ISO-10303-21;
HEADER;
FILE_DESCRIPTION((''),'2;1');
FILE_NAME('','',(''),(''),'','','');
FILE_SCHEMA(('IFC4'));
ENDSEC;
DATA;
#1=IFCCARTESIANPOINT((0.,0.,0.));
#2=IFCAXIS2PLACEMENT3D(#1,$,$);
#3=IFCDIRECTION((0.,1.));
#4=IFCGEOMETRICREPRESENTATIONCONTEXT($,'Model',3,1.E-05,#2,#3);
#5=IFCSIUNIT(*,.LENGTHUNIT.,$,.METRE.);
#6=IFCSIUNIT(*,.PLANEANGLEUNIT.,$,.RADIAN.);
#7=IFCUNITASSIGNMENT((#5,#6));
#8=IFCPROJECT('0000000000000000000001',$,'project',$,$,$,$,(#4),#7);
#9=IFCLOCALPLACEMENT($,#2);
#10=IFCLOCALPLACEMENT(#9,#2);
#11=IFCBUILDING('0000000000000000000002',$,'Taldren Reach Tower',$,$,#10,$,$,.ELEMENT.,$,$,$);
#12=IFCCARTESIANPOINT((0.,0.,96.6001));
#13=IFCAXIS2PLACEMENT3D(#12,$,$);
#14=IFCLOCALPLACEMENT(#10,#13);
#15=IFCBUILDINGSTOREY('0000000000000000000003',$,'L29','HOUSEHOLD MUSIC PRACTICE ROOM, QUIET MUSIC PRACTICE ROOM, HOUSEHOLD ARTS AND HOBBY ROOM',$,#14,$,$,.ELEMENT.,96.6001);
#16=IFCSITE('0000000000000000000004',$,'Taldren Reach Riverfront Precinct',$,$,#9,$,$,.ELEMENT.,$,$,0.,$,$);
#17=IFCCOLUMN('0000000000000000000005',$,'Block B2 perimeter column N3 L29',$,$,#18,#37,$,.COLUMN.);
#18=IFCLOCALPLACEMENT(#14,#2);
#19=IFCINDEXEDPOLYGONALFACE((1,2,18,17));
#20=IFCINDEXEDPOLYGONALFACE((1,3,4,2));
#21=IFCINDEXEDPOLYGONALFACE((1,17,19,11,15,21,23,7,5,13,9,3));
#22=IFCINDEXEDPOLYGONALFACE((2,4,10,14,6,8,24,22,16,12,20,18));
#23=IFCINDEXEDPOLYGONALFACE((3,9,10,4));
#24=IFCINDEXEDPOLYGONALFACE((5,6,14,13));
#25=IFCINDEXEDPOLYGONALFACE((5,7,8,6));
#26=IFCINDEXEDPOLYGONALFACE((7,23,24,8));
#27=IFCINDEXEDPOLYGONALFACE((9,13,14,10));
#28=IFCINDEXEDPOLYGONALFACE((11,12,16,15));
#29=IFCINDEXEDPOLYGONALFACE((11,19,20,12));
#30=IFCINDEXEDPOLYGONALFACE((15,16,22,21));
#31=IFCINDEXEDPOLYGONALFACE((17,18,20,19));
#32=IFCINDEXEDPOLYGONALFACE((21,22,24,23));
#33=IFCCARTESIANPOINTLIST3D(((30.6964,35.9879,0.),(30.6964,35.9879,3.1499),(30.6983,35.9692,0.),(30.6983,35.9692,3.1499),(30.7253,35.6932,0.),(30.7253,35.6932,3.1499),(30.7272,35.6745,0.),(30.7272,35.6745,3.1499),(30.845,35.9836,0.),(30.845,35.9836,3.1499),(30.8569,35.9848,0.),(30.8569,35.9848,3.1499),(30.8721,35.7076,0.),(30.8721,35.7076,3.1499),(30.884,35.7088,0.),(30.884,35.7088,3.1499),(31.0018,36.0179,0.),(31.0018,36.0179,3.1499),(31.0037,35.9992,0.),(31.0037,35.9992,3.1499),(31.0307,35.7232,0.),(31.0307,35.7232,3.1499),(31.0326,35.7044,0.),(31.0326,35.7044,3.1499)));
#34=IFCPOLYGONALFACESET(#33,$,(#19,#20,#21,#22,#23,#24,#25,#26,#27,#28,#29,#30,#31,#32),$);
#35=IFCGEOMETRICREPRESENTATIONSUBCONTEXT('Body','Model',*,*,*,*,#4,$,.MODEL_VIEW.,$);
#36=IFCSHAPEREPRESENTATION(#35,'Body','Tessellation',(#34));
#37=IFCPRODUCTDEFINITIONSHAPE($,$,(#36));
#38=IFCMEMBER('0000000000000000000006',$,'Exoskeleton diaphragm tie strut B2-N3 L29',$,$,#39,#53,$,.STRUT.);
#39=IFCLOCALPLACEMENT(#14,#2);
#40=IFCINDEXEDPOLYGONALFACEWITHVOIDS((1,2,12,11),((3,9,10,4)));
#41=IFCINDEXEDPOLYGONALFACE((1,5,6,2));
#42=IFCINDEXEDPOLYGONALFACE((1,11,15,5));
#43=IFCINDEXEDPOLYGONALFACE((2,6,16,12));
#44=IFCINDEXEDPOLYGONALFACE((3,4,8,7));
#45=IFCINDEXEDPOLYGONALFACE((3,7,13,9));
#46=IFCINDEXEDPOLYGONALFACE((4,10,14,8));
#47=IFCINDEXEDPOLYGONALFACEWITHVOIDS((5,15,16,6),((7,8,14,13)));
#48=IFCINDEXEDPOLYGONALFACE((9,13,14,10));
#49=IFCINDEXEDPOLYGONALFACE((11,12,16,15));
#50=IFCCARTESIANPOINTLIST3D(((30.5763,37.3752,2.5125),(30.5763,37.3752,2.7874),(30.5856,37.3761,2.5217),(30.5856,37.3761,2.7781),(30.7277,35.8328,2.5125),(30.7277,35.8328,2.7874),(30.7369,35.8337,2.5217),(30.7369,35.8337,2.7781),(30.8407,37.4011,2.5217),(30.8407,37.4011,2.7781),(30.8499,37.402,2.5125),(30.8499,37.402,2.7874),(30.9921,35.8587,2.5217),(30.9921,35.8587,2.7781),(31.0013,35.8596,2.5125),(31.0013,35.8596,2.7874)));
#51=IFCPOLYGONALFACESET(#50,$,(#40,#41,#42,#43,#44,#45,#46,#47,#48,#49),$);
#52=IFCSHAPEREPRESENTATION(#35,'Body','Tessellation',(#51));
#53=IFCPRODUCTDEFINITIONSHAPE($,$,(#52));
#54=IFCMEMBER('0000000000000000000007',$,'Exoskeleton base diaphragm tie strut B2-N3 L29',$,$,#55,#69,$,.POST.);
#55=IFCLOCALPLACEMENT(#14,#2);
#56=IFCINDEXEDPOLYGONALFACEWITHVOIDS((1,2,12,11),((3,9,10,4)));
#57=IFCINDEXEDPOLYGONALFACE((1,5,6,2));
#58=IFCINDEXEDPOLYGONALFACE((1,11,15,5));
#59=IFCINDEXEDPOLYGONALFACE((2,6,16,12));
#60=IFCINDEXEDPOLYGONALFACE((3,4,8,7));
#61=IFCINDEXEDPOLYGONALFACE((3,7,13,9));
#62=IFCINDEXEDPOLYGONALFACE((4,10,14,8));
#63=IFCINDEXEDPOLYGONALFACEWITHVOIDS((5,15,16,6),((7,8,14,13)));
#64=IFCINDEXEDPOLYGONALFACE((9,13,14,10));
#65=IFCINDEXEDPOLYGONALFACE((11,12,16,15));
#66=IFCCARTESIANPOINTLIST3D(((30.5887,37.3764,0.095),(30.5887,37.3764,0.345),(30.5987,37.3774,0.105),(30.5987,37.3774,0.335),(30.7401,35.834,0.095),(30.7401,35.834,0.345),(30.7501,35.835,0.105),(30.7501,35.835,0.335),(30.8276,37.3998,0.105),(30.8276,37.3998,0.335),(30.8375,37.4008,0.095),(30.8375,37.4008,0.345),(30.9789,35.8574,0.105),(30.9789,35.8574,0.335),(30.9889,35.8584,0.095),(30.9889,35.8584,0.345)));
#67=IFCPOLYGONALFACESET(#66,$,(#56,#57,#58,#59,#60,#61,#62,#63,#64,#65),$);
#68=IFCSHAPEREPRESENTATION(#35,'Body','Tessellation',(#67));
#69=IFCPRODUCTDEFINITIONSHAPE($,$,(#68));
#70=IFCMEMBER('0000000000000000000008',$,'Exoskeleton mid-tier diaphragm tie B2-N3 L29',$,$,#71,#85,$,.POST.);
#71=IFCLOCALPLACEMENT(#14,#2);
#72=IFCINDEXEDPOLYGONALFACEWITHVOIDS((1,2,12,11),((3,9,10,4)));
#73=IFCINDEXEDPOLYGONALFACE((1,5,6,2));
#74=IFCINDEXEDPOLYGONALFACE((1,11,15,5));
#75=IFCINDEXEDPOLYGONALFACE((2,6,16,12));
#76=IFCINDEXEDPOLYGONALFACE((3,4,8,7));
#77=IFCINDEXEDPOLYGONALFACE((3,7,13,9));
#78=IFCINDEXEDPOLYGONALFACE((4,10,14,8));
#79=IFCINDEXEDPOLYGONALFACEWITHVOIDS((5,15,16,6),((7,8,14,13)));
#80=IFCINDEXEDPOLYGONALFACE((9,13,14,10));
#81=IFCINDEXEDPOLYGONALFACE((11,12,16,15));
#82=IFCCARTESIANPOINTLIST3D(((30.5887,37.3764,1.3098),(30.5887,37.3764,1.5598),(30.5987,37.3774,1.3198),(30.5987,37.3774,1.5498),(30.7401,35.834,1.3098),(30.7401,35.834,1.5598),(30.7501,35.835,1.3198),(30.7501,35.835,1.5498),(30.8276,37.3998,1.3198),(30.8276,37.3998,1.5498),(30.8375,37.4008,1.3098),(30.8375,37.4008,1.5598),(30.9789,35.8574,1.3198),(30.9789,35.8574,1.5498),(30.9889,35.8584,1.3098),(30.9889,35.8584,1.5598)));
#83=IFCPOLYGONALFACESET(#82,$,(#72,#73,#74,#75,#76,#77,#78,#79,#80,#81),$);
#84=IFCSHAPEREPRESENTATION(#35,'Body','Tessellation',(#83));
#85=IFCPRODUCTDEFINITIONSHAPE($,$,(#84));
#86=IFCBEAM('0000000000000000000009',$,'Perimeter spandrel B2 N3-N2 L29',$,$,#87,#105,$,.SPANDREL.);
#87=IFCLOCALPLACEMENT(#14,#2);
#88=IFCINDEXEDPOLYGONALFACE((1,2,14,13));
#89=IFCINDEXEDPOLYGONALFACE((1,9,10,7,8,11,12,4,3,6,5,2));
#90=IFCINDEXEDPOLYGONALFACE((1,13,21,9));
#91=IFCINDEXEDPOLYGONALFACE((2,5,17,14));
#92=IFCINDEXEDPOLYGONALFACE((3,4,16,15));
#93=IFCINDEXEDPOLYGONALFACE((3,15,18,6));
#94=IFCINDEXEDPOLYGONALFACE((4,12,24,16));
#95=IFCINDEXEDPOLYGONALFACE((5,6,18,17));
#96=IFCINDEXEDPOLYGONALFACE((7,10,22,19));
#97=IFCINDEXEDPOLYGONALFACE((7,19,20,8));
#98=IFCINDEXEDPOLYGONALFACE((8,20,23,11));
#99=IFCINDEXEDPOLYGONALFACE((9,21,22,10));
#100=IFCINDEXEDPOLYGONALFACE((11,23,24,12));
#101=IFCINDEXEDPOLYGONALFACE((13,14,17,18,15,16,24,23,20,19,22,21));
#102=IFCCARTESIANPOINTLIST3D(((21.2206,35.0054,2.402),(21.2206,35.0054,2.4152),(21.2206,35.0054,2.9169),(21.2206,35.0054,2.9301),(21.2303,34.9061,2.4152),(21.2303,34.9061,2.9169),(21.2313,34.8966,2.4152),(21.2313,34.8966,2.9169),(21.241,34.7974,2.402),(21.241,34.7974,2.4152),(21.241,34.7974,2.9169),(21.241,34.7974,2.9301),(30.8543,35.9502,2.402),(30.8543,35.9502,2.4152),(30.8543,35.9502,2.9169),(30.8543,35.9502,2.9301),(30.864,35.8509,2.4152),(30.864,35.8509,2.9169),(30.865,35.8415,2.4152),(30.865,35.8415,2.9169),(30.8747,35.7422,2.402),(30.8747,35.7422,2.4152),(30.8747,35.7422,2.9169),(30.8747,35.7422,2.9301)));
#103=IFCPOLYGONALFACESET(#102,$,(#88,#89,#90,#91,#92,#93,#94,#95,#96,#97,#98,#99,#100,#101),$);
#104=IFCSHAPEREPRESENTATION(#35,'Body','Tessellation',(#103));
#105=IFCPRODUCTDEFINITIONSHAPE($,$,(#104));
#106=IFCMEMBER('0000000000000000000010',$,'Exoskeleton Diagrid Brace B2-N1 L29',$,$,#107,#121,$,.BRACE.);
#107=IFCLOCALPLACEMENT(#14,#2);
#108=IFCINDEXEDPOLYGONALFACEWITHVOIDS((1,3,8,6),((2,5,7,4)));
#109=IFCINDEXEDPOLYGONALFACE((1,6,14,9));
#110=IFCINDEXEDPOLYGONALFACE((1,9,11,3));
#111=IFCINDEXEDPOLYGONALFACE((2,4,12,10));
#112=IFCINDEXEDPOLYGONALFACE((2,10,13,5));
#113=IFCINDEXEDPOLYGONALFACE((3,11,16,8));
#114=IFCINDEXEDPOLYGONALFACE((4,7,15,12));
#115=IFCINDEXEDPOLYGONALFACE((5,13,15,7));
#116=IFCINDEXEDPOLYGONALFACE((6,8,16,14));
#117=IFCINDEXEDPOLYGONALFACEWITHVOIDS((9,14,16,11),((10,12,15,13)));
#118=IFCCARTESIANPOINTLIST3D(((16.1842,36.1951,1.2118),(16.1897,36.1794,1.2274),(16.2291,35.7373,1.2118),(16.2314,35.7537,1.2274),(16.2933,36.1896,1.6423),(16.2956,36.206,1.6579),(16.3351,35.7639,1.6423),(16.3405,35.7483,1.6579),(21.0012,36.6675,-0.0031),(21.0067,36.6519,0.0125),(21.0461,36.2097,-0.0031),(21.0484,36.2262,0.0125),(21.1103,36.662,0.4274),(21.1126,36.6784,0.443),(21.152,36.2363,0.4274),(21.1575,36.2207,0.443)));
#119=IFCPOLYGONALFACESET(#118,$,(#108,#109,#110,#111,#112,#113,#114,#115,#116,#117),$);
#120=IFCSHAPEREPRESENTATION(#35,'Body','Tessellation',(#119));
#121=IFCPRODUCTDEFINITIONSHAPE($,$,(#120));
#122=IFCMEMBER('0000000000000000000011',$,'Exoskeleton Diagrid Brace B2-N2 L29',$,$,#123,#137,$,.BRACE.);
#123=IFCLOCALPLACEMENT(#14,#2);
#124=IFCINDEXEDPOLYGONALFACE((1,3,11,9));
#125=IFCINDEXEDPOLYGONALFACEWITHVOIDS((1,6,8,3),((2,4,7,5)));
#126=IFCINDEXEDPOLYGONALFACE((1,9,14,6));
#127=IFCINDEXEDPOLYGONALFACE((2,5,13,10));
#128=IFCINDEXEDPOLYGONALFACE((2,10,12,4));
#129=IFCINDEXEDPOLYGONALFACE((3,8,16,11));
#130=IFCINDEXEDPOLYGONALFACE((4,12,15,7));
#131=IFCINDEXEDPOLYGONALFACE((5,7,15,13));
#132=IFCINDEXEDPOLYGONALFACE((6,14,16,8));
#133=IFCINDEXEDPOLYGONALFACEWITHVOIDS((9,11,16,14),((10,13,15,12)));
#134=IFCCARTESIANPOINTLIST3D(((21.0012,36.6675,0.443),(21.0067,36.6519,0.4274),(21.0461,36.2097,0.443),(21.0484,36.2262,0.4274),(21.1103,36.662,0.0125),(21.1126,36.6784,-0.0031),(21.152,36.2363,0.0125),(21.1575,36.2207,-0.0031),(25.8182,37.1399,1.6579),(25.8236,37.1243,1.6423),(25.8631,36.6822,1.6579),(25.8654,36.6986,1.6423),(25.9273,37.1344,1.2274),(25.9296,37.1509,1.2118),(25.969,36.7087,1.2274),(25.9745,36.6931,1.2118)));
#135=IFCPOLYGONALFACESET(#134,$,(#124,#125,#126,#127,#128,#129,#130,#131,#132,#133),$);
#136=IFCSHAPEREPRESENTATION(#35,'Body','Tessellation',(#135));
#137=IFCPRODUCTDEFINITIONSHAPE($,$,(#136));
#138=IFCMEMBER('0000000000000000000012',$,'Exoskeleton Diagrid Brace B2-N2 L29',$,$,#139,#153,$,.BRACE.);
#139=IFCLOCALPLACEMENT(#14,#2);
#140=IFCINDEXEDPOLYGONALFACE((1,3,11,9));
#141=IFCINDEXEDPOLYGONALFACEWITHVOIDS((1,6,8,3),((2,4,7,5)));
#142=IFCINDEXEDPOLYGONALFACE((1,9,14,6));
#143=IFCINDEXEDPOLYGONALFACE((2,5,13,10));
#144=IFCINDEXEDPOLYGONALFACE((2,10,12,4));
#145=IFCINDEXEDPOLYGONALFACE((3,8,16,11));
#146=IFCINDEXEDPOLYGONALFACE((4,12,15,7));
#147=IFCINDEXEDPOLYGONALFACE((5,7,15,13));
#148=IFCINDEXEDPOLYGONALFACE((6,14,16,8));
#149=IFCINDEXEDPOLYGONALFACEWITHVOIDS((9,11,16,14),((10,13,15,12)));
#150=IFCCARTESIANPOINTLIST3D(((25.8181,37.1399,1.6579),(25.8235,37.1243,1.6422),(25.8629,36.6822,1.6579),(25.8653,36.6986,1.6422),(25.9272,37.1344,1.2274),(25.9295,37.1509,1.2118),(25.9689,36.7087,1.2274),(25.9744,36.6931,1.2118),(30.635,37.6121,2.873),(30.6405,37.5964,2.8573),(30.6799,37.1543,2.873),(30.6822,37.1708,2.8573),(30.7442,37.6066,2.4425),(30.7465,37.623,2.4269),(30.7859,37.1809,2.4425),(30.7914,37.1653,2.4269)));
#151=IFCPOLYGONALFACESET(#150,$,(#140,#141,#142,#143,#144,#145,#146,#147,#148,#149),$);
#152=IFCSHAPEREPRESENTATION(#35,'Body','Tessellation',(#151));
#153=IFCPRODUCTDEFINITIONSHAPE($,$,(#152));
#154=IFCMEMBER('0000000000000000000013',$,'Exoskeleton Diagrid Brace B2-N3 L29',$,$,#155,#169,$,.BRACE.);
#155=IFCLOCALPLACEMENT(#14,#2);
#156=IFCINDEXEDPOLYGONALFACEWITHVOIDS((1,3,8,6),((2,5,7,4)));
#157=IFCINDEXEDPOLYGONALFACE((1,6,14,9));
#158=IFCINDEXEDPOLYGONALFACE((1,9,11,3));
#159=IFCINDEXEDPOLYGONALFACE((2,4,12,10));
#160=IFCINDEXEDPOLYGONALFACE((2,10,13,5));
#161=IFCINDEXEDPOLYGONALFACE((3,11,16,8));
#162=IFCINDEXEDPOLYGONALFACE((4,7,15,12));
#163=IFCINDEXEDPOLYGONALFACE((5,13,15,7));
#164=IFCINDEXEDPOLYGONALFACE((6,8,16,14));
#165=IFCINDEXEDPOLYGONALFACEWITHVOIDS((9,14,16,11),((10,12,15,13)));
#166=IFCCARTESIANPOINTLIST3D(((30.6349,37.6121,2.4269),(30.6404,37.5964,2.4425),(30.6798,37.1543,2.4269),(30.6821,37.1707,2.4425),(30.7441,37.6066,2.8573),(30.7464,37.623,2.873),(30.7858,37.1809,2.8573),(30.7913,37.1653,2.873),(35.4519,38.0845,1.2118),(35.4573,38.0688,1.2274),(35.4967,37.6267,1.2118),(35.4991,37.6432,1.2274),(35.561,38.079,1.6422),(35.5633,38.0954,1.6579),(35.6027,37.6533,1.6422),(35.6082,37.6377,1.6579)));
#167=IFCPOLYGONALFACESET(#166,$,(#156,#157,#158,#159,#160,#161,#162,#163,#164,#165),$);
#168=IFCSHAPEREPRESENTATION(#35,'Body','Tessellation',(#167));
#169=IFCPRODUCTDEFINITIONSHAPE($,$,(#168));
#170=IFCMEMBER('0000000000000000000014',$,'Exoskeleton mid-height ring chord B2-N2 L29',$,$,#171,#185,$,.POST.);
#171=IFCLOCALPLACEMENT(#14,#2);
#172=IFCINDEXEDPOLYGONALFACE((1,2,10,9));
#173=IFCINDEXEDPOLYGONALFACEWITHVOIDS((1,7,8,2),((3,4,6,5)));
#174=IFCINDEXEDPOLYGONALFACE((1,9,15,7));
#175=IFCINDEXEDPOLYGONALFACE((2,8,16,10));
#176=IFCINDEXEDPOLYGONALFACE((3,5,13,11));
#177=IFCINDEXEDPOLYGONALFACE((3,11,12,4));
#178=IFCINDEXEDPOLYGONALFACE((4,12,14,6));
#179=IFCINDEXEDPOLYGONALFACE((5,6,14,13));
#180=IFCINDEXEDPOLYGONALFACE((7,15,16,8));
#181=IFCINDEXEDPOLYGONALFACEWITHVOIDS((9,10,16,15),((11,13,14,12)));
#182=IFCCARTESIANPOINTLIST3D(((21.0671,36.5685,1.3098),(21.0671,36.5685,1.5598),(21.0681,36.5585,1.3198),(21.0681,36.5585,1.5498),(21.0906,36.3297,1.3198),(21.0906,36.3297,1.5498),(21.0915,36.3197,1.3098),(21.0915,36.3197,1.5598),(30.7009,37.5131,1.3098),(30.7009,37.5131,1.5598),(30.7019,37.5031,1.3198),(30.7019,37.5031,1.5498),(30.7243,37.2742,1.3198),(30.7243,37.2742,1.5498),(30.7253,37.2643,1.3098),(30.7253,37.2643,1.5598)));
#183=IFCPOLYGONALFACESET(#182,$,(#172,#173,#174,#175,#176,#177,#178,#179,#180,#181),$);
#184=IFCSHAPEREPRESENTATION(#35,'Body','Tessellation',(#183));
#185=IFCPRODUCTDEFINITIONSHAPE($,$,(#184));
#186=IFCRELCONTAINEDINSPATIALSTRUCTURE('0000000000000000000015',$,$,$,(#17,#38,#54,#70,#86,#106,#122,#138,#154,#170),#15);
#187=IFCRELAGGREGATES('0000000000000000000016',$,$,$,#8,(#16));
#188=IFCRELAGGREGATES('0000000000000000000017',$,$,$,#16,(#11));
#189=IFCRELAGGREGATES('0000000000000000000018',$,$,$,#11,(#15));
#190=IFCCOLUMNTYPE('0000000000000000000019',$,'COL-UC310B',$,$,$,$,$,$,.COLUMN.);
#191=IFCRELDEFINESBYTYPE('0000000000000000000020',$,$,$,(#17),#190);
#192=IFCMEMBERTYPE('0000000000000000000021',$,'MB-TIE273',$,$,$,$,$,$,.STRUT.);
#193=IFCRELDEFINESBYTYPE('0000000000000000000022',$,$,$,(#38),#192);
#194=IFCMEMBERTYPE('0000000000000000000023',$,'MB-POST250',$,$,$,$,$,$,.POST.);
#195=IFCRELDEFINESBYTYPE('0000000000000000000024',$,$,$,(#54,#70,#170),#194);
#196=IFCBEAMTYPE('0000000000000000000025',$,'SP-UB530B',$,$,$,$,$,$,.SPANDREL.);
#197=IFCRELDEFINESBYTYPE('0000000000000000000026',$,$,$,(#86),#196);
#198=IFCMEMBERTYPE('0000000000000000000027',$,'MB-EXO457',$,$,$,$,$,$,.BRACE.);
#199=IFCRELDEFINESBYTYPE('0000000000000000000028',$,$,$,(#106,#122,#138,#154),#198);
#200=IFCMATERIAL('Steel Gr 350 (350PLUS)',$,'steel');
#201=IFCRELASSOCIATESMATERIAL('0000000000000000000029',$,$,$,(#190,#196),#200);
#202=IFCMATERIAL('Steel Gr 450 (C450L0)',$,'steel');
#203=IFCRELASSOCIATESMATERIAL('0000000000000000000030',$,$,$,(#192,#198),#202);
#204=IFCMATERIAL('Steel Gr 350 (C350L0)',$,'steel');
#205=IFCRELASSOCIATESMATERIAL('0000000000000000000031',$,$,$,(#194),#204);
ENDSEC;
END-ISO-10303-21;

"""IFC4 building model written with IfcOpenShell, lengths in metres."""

from ifc_helpers import new_model, si_unit, direction, frame, origin, origin_2d, place, context, subcontext, project, spatial, hollow_rectangle, i_section, extrude, source, transform, mapped, material, material_profile, profile_set, type_object, element, save


model = new_model("IFC4")

# Units and contexts
model_context = context("Model", 3, precision=1e-05, world=origin(), true_north=direction((0.0, 1.0)))
body_context = subcontext(model_context, "Body", "Model", "MODEL_VIEW")
ifc_project = project(units=[si_unit("LENGTHUNIT", "METRE"), si_unit("PLANEANGLEUNIT", "RADIAN")], contexts=[model_context])

# Site, building, storey
site_placement = place(None, origin())
site = spatial("IfcSite", under=ifc_project, at=site_placement, Name="Taldren Reach Riverfront Precinct", CompositionType="ELEMENT", RefElevation=0.0)
building_placement = place(site_placement, origin())
building = spatial("IfcBuilding", under=site, at=building_placement, Name="Taldren Reach Tower", CompositionType="ELEMENT")
storey_placement = place(building_placement, frame((0.0, 0.0, 96.6001)))
storey = spatial("IfcBuildingStorey", under=building, at=storey_placement, Name="L29", Description="HOUSEHOLD MUSIC PRACTICE ROOM, QUIET MUSIC PRACTICE ROOM, HOUSEHOLD ARTS AND HOBBY ROOM", CompositionType="ELEMENT", Elevation=96.6001)

# Column
ifc_material_1 = material(Name="Steel Gr 350 (350PLUS)", Category="steel")
ifc_material_profile_1 = material_profile(ifc_material_1, i_section(OverallWidth=0.3069, OverallDepth=0.3149, WebThickness=0.012, FlangeThickness=0.0188, at=origin_2d()), Name="310UC118")
ifc_profile_set_1 = profile_set([ifc_material_profile_1], Name="Steel Gr 350 (350PLUS)")
column_type = type_object("IfcColumnType", Name="COL-UC310B", PredefinedType="COLUMN", material=ifc_profile_set_1)
shared_shape_1 = source(origin(), body_context, "Body", "SweptSolid", [
    extrude(i_section(OverallWidth=0.3069, OverallDepth=0.3149, WebThickness=0.012, FlangeThickness=0.0188, at=origin_2d()), origin(), (0.0, 0.0, 1.0), 3.1499),
])
column_placement = place(storey_placement, frame((30.8645, 35.8462, 0.0), z_axis=(0.0, 0.0, 1.0), x_axis=(0.995227, 0.097583, 0.0)))
element("IfcColumn", 1, at=column_placement, inside=storey, type_object=column_type, Name="Block B2 perimeter column N3 L29", PredefinedType="COLUMN", context=body_context, shape_type="MappedRepresentation", body=[
    mapped(shared_shape_1, transform((0.0, 0.0, 0.0), scale=1.0)),
])

# Members
ifc_material_2 = material(Name="Steel Gr 450 (C450L0)", Category="steel")
ifc_material_profile_2 = material_profile(ifc_material_2, hollow_rectangle(XDim=0.2749, YDim=0.2749, WallThickness=0.0093, at=origin_2d()), Name="275x275x9.3SHS")
ifc_profile_set_2 = profile_set([ifc_material_profile_2], Name="Steel Gr 450 (C450L0)")
member_type_1 = type_object("IfcMemberType", Name="MB-TIE273", PredefinedType="STRUT", material=ifc_profile_set_2)
shared_shape_2 = source(origin(), body_context, "Body", "SweptSolid", [
    extrude(hollow_rectangle(XDim=0.2749, YDim=0.2749, WallThickness=0.0093, at=origin_2d()), origin(), (0.0, 0.0, 1.0), 1.5498),
])
member_1_placement = place(storey_placement, frame((30.8645, 35.8462, 2.6499), z_axis=(-0.097663, 0.99522, 0.0), x_axis=(-0.99522, -0.097663, 0.0)))
element("IfcMember", 2, at=member_1_placement, inside=storey, type_object=member_type_1, Name="Exoskeleton diaphragm tie strut B2-N3 L29", PredefinedType="STRUT", context=body_context, shape_type="MappedRepresentation", body=[
    mapped(shared_shape_2, transform((0.0, 0.0, 0.0), scale=1.0)),
])
ifc_material_3 = material(Name="Steel Gr 350 (C350L0)", Category="steel")
ifc_material_profile_3 = material_profile(ifc_material_3, hollow_rectangle(XDim=0.25, YDim=0.25, WallThickness=0.01, at=origin_2d()), Name="250x250x10.0SHS")
ifc_profile_set_3 = profile_set([ifc_material_profile_3], Name="Steel Gr 350 (C350L0)")
member_type_2 = type_object("IfcMemberType", Name="MB-POST250", PredefinedType="POST", material=ifc_profile_set_3)
shared_shape_3 = source(origin(), body_context, "Body", "SweptSolid", [
    extrude(hollow_rectangle(XDim=0.25, YDim=0.25, WallThickness=0.01, at=origin_2d()), origin(), (0.0, 0.0, 1.0), 1.5498),
])
for number, where, z_axis, x_axis, name in (
    (3, (30.8645, 35.8462, 0.22), (-0.097663, 0.99522, 0.0), (-0.99522, -0.097663, 0.0), "Exoskeleton base diaphragm tie strut B2-N3 L29"),
    (4, (30.8645, 35.8462, 1.4348), (-0.097663, 0.99522, 0.0), (-0.99522, -0.097663, 0.0), "Exoskeleton mid-tier diaphragm tie B2-N3 L29"),
):
    element("IfcMember", number, at=place(storey_placement, frame(where, z_axis=z_axis, x_axis=x_axis)), inside=storey, type_object=member_type_2, Name=name, PredefinedType="POST", context=body_context, shape_type="MappedRepresentation", body=[
        mapped(shared_shape_3, transform((0.0, 0.0, 0.0), scale=1.0)),
    ])

# Beam
ifc_material_profile_4 = material_profile(ifc_material_1, i_section(OverallWidth=0.209, OverallDepth=0.5281, WebThickness=0.0095, FlangeThickness=0.0132, at=origin_2d()), Name="530UB82.0")
ifc_profile_set_4 = profile_set([ifc_material_profile_4], Name="Steel Gr 350 (350PLUS)")
beam_type = type_object("IfcBeamType", Name="SP-UB530B", PredefinedType="SPANDREL", material=ifc_profile_set_4)
shared_shape_4 = source(origin(), body_context, "Body", "SweptSolid", [
    extrude(i_section(OverallWidth=0.209, OverallDepth=0.5281, WebThickness=0.0095, FlangeThickness=0.0132, at=origin_2d()), origin(), (0.0, 0.0, 1.0), 9.6799),
])
beam_placement = place(storey_placement, frame((30.8645, 35.8462, 2.666), z_axis=(-0.995225, -0.097606, 0.0), x_axis=(0.097606, -0.995225, 0.0)))
element("IfcBeam", 5, at=beam_placement, inside=storey, type_object=beam_type, Name="Perimeter spandrel B2 N3-N2 L29", PredefinedType="SPANDREL", context=body_context, shape_type="MappedRepresentation", body=[
    mapped(shared_shape_4, transform((0.0, 0.0, 0.0), scale=1.0)),
])

# Members
ifc_material_profile_5 = material_profile(ifc_material_2, hollow_rectangle(XDim=0.46, YDim=0.46, WallThickness=0.0161, at=origin_2d()), Name="460x460x16.0SHS")
ifc_profile_set_5 = profile_set([ifc_material_profile_5], Name="Steel Gr 450 (C450L0)")
member_type_3 = type_object("IfcMemberType", Name="MB-EXO457", PredefinedType="BRACE", material=ifc_profile_set_5)
shared_shape_5 = source(origin(), body_context, "Body", "SweptSolid", [
    extrude(hollow_rectangle(XDim=0.46, YDim=0.46, WallThickness=0.0161, at=origin_2d()), origin(), (0.0, 0.0, 1.0), 4.9902),
])
for number, where, z_axis, x_axis, name in (
    (6, (21.0793, 36.4441, 0.22), (-0.965283, -0.094669, 0.243449), (0.097606, -0.995225, 0.0), "Exoskeleton Diagrid Brace B2-N1 L29"),
    (7, (21.0793, 36.4441, 0.22), (0.965283, 0.094669, 0.243449), (-0.097606, 0.995225, 0.0), "Exoskeleton Diagrid Brace B2-N2 L29"),
    (8, (25.8962, 36.9165, 1.4348), (0.965276, 0.09462, 0.243496), (-0.097556, 0.99523, 0.0), "Exoskeleton Diagrid Brace B2-N2 L29"),
    (9, (35.53, 37.8611, 1.4348), (-0.965271, -0.094668, 0.243495), (0.097606, -0.995225, 0.0), "Exoskeleton Diagrid Brace B2-N3 L29"),
):
    element("IfcMember", number, at=place(storey_placement, frame(where, z_axis=z_axis, x_axis=x_axis)), inside=storey, type_object=member_type_3, Name=name, PredefinedType="BRACE", context=body_context, shape_type="MappedRepresentation", body=[
        mapped(shared_shape_5, transform((0.0, 0.0, 0.0), scale=1.0)),
    ])
shared_shape_6 = source(origin(), body_context, "Body", "SweptSolid", [
    extrude(hollow_rectangle(XDim=0.25, YDim=0.25, WallThickness=0.01, at=origin_2d()), origin(), (0.0, 0.0, 1.0), 9.6799),
])
for number, where, z_axis, x_axis, name in (
    (10, (21.0793, 36.4441, 1.4348), (0.995228, 0.097581, 0.0), (-0.097581, 0.995228, 0.0), "Exoskeleton mid-height ring chord B2-N2 L29"),
):
    element("IfcMember", number, at=place(storey_placement, frame(where, z_axis=z_axis, x_axis=x_axis)), inside=storey, type_object=member_type_2, Name=name, PredefinedType="POST", context=body_context, shape_type="MappedRepresentation", body=[
        mapped(shared_shape_6, transform((0.0, 0.0, 0.0), scale=1.0)),
    ])

save(model, "model.ifc")
